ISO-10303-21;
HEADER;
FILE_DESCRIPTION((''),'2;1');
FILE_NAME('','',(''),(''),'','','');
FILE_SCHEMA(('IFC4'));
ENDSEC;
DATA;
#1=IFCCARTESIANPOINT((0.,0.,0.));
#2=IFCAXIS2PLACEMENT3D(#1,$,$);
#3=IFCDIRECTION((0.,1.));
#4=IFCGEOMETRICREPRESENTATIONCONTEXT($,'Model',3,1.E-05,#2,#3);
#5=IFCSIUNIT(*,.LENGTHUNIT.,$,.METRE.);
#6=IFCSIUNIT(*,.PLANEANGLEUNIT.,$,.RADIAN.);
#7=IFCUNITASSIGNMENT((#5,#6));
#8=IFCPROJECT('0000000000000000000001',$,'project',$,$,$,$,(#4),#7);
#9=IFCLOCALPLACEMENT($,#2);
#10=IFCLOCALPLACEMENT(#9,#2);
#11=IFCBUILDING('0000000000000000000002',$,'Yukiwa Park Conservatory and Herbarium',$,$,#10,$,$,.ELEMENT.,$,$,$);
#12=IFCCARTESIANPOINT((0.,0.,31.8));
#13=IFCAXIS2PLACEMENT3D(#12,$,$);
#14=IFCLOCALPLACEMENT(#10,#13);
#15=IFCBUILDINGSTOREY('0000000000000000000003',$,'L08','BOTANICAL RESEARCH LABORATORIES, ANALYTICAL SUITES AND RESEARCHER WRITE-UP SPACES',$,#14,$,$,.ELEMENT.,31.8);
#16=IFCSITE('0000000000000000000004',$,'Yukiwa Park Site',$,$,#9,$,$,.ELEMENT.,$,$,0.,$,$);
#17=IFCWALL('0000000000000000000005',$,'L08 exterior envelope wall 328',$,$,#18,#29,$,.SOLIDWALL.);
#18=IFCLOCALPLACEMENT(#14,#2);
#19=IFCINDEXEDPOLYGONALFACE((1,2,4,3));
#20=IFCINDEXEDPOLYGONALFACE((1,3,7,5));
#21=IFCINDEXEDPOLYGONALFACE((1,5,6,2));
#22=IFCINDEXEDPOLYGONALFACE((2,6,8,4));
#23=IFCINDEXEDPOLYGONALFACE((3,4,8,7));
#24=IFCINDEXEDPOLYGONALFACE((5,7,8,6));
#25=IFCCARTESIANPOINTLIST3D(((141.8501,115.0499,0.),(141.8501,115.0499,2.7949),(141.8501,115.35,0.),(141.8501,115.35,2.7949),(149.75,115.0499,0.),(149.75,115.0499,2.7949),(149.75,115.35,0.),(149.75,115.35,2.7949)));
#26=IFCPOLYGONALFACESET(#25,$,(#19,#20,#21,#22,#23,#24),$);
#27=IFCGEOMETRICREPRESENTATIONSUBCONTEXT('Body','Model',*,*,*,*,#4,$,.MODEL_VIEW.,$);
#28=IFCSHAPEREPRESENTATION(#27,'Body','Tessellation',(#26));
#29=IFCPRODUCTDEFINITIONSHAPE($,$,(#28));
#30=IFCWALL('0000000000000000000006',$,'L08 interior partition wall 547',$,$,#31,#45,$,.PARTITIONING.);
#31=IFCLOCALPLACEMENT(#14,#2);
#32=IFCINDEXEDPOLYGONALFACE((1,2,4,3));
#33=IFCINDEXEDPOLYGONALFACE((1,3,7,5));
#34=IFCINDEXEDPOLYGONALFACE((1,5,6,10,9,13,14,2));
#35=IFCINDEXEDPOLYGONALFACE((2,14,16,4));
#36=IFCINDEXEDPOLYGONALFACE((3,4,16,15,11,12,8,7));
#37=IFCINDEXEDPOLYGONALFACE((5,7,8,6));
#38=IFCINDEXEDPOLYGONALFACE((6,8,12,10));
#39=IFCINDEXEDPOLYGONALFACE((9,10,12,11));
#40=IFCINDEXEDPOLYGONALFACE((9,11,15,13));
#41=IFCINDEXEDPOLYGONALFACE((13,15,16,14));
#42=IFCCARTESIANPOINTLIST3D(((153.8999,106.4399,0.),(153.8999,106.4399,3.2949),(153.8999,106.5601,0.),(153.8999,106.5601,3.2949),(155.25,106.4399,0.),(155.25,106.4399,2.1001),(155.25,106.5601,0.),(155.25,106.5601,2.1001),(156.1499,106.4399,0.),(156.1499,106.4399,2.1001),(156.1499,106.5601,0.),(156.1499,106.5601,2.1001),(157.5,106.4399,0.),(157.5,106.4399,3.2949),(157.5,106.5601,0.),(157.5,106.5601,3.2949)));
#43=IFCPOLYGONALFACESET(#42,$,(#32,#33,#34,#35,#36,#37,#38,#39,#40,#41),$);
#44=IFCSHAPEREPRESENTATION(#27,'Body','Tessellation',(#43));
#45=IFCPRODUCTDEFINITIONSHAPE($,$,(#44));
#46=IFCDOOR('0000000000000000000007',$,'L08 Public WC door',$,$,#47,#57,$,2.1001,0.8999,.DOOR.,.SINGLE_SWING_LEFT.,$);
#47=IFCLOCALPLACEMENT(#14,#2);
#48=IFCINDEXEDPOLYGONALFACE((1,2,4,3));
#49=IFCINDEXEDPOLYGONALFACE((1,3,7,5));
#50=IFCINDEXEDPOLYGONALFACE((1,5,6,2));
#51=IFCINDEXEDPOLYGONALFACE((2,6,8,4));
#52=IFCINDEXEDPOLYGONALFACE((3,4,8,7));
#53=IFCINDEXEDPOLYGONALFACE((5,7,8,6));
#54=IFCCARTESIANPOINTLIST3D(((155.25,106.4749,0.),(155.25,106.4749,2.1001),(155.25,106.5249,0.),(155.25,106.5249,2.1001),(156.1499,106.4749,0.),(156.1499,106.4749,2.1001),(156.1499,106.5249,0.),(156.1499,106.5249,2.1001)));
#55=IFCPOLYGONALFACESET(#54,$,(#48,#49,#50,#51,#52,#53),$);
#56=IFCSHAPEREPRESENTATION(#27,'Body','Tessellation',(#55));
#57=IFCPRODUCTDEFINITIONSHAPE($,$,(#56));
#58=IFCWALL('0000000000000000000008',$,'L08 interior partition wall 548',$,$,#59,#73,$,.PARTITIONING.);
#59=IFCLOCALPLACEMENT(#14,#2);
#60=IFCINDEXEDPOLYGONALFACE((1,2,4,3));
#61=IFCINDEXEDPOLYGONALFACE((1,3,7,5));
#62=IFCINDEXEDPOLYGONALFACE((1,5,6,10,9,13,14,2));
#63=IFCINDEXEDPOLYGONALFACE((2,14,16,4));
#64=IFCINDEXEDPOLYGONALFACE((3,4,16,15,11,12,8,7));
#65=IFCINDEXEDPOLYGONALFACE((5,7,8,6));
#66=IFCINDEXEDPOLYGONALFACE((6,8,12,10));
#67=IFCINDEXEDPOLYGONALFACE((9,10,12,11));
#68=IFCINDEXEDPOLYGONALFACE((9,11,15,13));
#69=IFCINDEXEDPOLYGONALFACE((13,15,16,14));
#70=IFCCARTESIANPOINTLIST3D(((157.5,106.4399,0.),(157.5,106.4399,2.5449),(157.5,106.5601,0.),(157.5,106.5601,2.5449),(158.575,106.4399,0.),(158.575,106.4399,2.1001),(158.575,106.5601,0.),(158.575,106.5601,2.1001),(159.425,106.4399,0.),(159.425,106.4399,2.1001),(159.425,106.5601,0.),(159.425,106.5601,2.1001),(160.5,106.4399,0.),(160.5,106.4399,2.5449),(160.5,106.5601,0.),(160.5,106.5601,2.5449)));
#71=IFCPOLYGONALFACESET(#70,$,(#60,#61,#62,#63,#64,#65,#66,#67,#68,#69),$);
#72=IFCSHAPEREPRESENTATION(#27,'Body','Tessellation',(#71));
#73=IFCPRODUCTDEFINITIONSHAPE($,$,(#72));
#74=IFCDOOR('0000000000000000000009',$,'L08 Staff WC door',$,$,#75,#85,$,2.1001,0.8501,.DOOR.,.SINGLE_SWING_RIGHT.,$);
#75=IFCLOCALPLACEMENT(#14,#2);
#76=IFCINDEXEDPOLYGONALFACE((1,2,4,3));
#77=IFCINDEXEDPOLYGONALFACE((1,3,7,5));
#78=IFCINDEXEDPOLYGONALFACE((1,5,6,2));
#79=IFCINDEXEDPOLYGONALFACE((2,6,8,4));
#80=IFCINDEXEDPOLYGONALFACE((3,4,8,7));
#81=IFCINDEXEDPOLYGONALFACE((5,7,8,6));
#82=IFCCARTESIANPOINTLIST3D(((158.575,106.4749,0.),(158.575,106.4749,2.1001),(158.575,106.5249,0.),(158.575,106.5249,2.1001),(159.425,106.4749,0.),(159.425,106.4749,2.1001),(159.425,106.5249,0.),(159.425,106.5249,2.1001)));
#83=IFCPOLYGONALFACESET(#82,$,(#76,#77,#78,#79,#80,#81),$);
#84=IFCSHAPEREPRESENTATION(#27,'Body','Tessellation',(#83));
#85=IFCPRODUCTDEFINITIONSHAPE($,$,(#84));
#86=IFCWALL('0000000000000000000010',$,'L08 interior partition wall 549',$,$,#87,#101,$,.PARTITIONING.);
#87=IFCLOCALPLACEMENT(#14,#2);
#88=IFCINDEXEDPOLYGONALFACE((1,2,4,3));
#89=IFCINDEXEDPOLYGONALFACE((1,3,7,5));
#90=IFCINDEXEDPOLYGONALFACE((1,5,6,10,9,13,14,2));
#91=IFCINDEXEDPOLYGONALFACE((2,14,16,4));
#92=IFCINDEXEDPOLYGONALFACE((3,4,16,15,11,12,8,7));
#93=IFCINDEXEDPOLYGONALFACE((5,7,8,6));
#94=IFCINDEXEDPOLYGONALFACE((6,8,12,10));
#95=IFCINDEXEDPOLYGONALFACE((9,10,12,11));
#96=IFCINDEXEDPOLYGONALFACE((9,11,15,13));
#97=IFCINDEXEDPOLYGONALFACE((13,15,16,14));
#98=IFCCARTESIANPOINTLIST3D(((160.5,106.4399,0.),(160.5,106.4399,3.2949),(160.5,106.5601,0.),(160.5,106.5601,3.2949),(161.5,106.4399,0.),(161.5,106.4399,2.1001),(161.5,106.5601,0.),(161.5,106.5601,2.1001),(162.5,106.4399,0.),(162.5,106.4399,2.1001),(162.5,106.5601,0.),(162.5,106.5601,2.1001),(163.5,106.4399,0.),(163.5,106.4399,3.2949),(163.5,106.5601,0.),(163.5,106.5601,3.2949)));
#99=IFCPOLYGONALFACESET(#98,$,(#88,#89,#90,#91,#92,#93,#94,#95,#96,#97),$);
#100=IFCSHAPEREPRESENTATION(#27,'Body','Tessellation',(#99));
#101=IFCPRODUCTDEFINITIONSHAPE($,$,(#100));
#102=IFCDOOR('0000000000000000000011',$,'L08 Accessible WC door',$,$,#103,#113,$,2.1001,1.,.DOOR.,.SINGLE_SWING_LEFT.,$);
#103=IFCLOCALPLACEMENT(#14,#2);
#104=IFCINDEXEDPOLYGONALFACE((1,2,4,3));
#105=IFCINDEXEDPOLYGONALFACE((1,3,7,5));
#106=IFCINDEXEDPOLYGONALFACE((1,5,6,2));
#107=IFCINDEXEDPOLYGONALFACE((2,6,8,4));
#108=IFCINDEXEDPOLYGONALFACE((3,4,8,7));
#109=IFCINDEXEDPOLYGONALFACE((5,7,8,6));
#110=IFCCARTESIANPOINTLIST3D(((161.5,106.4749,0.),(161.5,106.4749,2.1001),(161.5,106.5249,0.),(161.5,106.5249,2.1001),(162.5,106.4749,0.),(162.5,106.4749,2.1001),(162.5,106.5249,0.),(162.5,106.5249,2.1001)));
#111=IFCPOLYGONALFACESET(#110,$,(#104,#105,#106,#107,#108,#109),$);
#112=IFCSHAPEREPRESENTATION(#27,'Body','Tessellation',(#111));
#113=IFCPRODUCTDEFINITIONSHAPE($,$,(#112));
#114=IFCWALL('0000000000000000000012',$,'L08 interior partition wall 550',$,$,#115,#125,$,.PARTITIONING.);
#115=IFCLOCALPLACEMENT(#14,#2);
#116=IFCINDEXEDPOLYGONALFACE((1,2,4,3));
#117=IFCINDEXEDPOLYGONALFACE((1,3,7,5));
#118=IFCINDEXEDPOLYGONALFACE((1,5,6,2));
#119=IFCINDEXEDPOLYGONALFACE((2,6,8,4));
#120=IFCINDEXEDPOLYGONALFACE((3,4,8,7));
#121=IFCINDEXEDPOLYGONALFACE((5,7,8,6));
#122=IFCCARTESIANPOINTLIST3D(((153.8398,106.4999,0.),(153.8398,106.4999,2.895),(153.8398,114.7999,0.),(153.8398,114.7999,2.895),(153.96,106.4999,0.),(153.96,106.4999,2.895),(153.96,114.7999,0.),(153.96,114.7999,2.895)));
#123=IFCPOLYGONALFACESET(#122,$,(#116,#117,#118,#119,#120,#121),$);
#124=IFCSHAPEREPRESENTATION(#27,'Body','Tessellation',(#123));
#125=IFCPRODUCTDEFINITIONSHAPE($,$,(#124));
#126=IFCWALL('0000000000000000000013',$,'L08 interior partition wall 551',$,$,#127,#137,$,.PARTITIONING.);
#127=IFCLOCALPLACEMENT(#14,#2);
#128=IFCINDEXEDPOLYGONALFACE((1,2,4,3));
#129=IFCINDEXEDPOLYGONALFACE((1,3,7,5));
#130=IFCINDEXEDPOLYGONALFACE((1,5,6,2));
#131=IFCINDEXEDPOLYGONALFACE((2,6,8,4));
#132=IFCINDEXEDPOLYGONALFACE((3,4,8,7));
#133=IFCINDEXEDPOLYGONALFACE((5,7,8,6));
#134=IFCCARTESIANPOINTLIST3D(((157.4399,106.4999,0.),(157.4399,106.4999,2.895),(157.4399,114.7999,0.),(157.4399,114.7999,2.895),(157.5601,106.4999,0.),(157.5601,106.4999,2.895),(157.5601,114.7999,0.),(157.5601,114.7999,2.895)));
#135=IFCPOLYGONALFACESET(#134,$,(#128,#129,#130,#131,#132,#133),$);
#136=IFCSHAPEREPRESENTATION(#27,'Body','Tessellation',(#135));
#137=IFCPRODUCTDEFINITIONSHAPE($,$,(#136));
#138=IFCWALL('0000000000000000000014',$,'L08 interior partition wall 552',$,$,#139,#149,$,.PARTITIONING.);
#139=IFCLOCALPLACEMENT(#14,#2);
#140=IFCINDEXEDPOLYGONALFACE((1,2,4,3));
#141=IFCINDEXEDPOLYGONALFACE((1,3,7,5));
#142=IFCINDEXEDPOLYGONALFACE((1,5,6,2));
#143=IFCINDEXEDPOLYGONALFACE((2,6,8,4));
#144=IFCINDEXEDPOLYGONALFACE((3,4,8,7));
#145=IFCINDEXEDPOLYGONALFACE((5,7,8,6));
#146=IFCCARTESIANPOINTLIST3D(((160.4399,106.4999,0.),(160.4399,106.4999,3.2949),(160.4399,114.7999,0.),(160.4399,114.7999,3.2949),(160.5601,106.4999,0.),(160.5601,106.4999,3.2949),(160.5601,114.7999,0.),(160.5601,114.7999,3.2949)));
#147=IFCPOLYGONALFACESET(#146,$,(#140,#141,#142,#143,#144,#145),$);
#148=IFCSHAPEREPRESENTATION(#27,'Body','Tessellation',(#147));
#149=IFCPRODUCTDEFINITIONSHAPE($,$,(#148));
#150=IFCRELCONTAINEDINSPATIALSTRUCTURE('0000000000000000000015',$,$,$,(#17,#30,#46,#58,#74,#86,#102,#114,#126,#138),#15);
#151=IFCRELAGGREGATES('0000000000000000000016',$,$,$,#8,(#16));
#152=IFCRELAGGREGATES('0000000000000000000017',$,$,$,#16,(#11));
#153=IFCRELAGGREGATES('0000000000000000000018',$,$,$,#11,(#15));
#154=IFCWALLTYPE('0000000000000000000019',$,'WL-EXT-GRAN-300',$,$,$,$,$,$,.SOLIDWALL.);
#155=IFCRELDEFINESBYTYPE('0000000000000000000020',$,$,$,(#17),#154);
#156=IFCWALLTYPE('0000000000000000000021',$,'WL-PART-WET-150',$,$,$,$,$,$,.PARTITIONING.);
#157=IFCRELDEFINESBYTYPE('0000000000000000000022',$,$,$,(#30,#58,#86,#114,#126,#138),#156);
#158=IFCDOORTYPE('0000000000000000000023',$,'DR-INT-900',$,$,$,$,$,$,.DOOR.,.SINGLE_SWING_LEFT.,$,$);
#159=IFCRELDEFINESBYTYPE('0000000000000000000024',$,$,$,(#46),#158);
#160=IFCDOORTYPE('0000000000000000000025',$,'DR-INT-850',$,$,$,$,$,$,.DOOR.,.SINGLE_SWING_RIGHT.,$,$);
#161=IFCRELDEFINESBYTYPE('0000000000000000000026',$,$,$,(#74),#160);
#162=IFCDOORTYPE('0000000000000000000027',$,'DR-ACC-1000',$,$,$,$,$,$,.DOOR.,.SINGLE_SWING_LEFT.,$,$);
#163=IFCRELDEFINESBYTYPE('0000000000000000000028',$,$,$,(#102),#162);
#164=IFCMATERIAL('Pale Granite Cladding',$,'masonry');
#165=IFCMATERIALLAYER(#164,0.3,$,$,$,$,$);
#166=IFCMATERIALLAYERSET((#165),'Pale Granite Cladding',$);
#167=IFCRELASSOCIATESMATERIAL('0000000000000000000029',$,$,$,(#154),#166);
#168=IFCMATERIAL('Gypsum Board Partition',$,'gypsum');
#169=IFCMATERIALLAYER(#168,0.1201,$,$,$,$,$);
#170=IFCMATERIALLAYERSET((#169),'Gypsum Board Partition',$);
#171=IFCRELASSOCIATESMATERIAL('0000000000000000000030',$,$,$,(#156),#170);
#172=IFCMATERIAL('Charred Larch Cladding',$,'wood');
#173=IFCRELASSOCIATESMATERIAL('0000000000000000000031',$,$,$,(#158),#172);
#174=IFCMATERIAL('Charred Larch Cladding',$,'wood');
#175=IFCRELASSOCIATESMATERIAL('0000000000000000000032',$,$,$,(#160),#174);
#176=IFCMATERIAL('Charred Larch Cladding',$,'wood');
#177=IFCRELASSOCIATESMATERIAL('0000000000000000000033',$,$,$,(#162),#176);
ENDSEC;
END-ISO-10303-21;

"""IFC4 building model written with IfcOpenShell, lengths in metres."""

from ifc_helpers import new_model, si_unit, direction, frame, frame_2d, origin, place, context, subcontext, project, spatial, rectangle, extrude, material, layer, layer_set, type_object, element, fill, save


model = new_model("IFC4")

# Units and contexts
model_context = context("Model", 3, precision=1e-05, world=origin(), true_north=direction((0.0, 1.0)))
body_context = subcontext(model_context, "Body", "Model", "MODEL_VIEW")
ifc_project = project(units=[si_unit("LENGTHUNIT", "METRE"), si_unit("PLANEANGLEUNIT", "RADIAN")], contexts=[model_context])

# Site, building, storey
site_placement = place(None, origin())
site = spatial("IfcSite", under=ifc_project, at=site_placement, Name="Yukiwa Park Site", CompositionType="ELEMENT", RefElevation=0.0)
building_placement = place(site_placement, origin())
building = spatial("IfcBuilding", under=site, at=building_placement, Name="Yukiwa Park Conservatory and Herbarium", CompositionType="ELEMENT")
storey_placement = place(building_placement, frame((0.0, 0.0, 31.8)))
storey = spatial("IfcBuildingStorey", under=building, at=storey_placement, Name="L08", Description="BOTANICAL RESEARCH LABORATORIES, ANALYTICAL SUITES AND RESEARCHER WRITE-UP SPACES", CompositionType="ELEMENT", Elevation=31.8)

# Wall
ifc_material_1 = material(Name="Pale Granite Cladding", Category="masonry")
ifc_layer_1 = layer(ifc_material_1, 0.3)
ifc_layer_set_1 = layer_set([ifc_layer_1], Name="Pale Granite Cladding")
wall_type_1 = type_object("IfcWallType", Name="WL-EXT-GRAN-300", PredefinedType="SOLIDWALL", material=ifc_layer_set_1)
wall_1_placement = place(storey_placement, frame((149.75, 115.2, 0.0), z_axis=(0.0, 0.0, 1.0), x_axis=(-1.0, 0.0, 0.0)))
element("IfcWall", 1, at=wall_1_placement, inside=storey, type_object=wall_type_1, Name="L08 exterior envelope wall 328", PredefinedType="SOLIDWALL", context=body_context, shape_type="SweptSolid", body=[
    extrude(rectangle(XDim=7.8999, YDim=0.3, at=frame_2d((3.95, 0.0))), origin(), (0.0, 0.0, 1.0), 2.7949),
])

# Walls, openings, doors
ifc_material_2 = material(Name="Gypsum Board Partition", Category="gypsum")
ifc_layer_2 = layer(ifc_material_2, 0.1201)
ifc_layer_set_2 = layer_set([ifc_layer_2], Name="Gypsum Board Partition")
wall_type_2 = type_object("IfcWallType", Name="WL-PART-WET-150", PredefinedType="PARTITIONING", material=ifc_layer_set_2)
wall_2_placement = place(storey_placement, frame((153.8999, 106.5, 0.0), z_axis=(0.0, 0.0, 1.0), x_axis=(1.0, 0.0, 0.0)))
wall_2 = element("IfcWall", 2, at=wall_2_placement, inside=storey, type_object=wall_type_2, Name="L08 interior partition wall 547", PredefinedType="PARTITIONING", context=body_context, shape_type="SweptSolid", body=[
    extrude(rectangle(XDim=3.6001, YDim=0.1201, at=frame_2d((1.8, 0.0))), origin(), (0.0, 0.0, 1.0), 3.2949),
])
opening_1_placement = place(wall_2_placement, frame((1.3501, 0.0, 0.0)))
opening_1 = element("IfcOpeningElement", 3, at=opening_1_placement, cuts=wall_2, PredefinedType="OPENING", context=body_context, shape_type="SweptSolid", body=[
    extrude(rectangle(XDim=0.8999, YDim=2.1001, at=frame_2d((0.45, 1.05))), frame((0.0, 0.0701, 0.0), z_axis=(0.0, -1.0, 0.0), x_axis=(1.0, 0.0, 0.0)), (0.0, 0.0, 1.0), 0.1401),
])
ifc_material_3 = material(Name="Charred Larch Cladding", Category="wood")
door_type_1 = type_object("IfcDoorType", Name="DR-INT-900", OperationType="SINGLE_SWING_LEFT", PredefinedType="DOOR", material=ifc_material_3)
door_1_placement = place(opening_1_placement, origin())
door_1 = element("IfcDoor", 4, at=door_1_placement, inside=storey, type_object=door_type_1, Name="L08 Public WC door", OperationType="SINGLE_SWING_LEFT", OverallHeight=2.1001, OverallWidth=0.8999, PredefinedType="DOOR", context=body_context, shape_type="SweptSolid", body=[
    extrude(rectangle(XDim=0.8999, YDim=2.1001, at=frame_2d((0.45, 1.05))), frame((0.0, 0.0249, 0.0), z_axis=(0.0, -1.0, 0.0), x_axis=(1.0, 0.0, 0.0)), (0.0, 0.0, 1.0), 0.05),
])
fill(opening_1, door_1)
wall_3_placement = place(storey_placement, frame((157.5, 106.5, 0.0), z_axis=(0.0, 0.0, 1.0), x_axis=(1.0, 0.0, 0.0)))
wall_3 = element("IfcWall", 5, at=wall_3_placement, inside=storey, type_object=wall_type_2, Name="L08 interior partition wall 548", PredefinedType="PARTITIONING", context=body_context, shape_type="SweptSolid", body=[
    extrude(rectangle(XDim=3.0, YDim=0.1201, at=frame_2d((1.5, 0.0))), origin(), (0.0, 0.0, 1.0), 2.5449),
])
opening_2_placement = place(wall_3_placement, frame((1.075, 0.0, 0.0)))
opening_2 = element("IfcOpeningElement", 6, at=opening_2_placement, cuts=wall_3, PredefinedType="OPENING", context=body_context, shape_type="SweptSolid", body=[
    extrude(rectangle(XDim=0.8501, YDim=2.1001, at=frame_2d((0.425, 1.05))), frame((0.0, 0.0701, 0.0), z_axis=(0.0, -1.0, 0.0), x_axis=(1.0, 0.0, 0.0)), (0.0, 0.0, 1.0), 0.1401),
])
ifc_material_4 = material(Name="Charred Larch Cladding", Category="wood")
door_type_2 = type_object("IfcDoorType", Name="DR-INT-850", OperationType="SINGLE_SWING_RIGHT", PredefinedType="DOOR", material=ifc_material_4)
door_2_placement = place(opening_2_placement, origin())
door_2 = element("IfcDoor", 7, at=door_2_placement, inside=storey, type_object=door_type_2, Name="L08 Staff WC door", OperationType="SINGLE_SWING_RIGHT", OverallHeight=2.1001, OverallWidth=0.8501, PredefinedType="DOOR", context=body_context, shape_type="SweptSolid", body=[
    extrude(rectangle(XDim=0.8501, YDim=2.1001, at=frame_2d((0.425, 1.05))), frame((0.0, 0.0249, 0.0), z_axis=(0.0, -1.0, 0.0), x_axis=(1.0, 0.0, 0.0)), (0.0, 0.0, 1.0), 0.05),
])
fill(opening_2, door_2)
wall_4_placement = place(storey_placement, frame((160.5, 106.5, 0.0), z_axis=(0.0, 0.0, 1.0), x_axis=(1.0, 0.0, 0.0)))
wall_4 = element("IfcWall", 8, at=wall_4_placement, inside=storey, type_object=wall_type_2, Name="L08 interior partition wall 549", PredefinedType="PARTITIONING", context=body_context, shape_type="SweptSolid", body=[
    extrude(rectangle(XDim=3.0, YDim=0.1201, at=frame_2d((1.5, 0.0))), origin(), (0.0, 0.0, 1.0), 3.2949),
])
opening_3_placement = place(wall_4_placement, frame((1.0, 0.0, 0.0)))
opening_3 = element("IfcOpeningElement", 9, at=opening_3_placement, cuts=wall_4, PredefinedType="OPENING", context=body_context, shape_type="SweptSolid", body=[
    extrude(rectangle(XDim=1.0, YDim=2.1001, at=frame_2d((0.5, 1.05))), frame((0.0, 0.0701, 0.0), z_axis=(0.0, -1.0, 0.0), x_axis=(1.0, 0.0, 0.0)), (0.0, 0.0, 1.0), 0.1401),
])
ifc_material_5 = material(Name="Charred Larch Cladding", Category="wood")
door_type_3 = type_object("IfcDoorType", Name="DR-ACC-1000", OperationType="SINGLE_SWING_LEFT", PredefinedType="DOOR", material=ifc_material_5)
door_3_placement = place(opening_3_placement, origin())
door_3 = element("IfcDoor", 10, at=door_3_placement, inside=storey, type_object=door_type_3, Name="L08 Accessible WC door", OperationType="SINGLE_SWING_LEFT", OverallHeight=2.1001, OverallWidth=1.0, PredefinedType="DOOR", context=body_context, shape_type="SweptSolid", body=[
    extrude(rectangle(XDim=1.0, YDim=2.1001, at=frame_2d((0.5, 1.05))), frame((0.0, 0.0249, 0.0), z_axis=(0.0, -1.0, 0.0), x_axis=(1.0, 0.0, 0.0)), (0.0, 0.0, 1.0), 0.05),
])
fill(opening_3, door_3)

# Walls
for number, where, z_axis, x_axis, name in (
    (11, (153.8999, 106.5, 0.0), (0.0, 0.0, 1.0), (0.0, 1.0, 0.0), "L08 interior partition wall 550"),
    (12, (157.5, 106.5, 0.0), (0.0, 0.0, 1.0), (0.0, 1.0, 0.0), "L08 interior partition wall 551"),
):
    element("IfcWall", number, at=place(storey_placement, frame(where, z_axis=z_axis, x_axis=x_axis)), inside=storey, type_object=wall_type_2, Name=name, PredefinedType="PARTITIONING", context=body_context, shape_type="SweptSolid", body=[
        extrude(rectangle(XDim=8.3, YDim=0.1201, at=frame_2d((4.1499, 0.0))), origin(), (0.0, 0.0, 1.0), 2.895),
    ])
wall_5_placement = place(storey_placement, frame((160.5, 106.5, 0.0), z_axis=(0.0, 0.0, 1.0), x_axis=(0.0, 1.0, 0.0)))
element("IfcWall", 13, at=wall_5_placement, inside=storey, type_object=wall_type_2, Name="L08 interior partition wall 552", PredefinedType="PARTITIONING", context=body_context, shape_type="SweptSolid", body=[
    extrude(rectangle(XDim=8.3, YDim=0.1201, at=frame_2d((4.1499, 0.0))), origin(), (0.0, 0.0, 1.0), 3.2949),
])

save(model, "model.ifc")
